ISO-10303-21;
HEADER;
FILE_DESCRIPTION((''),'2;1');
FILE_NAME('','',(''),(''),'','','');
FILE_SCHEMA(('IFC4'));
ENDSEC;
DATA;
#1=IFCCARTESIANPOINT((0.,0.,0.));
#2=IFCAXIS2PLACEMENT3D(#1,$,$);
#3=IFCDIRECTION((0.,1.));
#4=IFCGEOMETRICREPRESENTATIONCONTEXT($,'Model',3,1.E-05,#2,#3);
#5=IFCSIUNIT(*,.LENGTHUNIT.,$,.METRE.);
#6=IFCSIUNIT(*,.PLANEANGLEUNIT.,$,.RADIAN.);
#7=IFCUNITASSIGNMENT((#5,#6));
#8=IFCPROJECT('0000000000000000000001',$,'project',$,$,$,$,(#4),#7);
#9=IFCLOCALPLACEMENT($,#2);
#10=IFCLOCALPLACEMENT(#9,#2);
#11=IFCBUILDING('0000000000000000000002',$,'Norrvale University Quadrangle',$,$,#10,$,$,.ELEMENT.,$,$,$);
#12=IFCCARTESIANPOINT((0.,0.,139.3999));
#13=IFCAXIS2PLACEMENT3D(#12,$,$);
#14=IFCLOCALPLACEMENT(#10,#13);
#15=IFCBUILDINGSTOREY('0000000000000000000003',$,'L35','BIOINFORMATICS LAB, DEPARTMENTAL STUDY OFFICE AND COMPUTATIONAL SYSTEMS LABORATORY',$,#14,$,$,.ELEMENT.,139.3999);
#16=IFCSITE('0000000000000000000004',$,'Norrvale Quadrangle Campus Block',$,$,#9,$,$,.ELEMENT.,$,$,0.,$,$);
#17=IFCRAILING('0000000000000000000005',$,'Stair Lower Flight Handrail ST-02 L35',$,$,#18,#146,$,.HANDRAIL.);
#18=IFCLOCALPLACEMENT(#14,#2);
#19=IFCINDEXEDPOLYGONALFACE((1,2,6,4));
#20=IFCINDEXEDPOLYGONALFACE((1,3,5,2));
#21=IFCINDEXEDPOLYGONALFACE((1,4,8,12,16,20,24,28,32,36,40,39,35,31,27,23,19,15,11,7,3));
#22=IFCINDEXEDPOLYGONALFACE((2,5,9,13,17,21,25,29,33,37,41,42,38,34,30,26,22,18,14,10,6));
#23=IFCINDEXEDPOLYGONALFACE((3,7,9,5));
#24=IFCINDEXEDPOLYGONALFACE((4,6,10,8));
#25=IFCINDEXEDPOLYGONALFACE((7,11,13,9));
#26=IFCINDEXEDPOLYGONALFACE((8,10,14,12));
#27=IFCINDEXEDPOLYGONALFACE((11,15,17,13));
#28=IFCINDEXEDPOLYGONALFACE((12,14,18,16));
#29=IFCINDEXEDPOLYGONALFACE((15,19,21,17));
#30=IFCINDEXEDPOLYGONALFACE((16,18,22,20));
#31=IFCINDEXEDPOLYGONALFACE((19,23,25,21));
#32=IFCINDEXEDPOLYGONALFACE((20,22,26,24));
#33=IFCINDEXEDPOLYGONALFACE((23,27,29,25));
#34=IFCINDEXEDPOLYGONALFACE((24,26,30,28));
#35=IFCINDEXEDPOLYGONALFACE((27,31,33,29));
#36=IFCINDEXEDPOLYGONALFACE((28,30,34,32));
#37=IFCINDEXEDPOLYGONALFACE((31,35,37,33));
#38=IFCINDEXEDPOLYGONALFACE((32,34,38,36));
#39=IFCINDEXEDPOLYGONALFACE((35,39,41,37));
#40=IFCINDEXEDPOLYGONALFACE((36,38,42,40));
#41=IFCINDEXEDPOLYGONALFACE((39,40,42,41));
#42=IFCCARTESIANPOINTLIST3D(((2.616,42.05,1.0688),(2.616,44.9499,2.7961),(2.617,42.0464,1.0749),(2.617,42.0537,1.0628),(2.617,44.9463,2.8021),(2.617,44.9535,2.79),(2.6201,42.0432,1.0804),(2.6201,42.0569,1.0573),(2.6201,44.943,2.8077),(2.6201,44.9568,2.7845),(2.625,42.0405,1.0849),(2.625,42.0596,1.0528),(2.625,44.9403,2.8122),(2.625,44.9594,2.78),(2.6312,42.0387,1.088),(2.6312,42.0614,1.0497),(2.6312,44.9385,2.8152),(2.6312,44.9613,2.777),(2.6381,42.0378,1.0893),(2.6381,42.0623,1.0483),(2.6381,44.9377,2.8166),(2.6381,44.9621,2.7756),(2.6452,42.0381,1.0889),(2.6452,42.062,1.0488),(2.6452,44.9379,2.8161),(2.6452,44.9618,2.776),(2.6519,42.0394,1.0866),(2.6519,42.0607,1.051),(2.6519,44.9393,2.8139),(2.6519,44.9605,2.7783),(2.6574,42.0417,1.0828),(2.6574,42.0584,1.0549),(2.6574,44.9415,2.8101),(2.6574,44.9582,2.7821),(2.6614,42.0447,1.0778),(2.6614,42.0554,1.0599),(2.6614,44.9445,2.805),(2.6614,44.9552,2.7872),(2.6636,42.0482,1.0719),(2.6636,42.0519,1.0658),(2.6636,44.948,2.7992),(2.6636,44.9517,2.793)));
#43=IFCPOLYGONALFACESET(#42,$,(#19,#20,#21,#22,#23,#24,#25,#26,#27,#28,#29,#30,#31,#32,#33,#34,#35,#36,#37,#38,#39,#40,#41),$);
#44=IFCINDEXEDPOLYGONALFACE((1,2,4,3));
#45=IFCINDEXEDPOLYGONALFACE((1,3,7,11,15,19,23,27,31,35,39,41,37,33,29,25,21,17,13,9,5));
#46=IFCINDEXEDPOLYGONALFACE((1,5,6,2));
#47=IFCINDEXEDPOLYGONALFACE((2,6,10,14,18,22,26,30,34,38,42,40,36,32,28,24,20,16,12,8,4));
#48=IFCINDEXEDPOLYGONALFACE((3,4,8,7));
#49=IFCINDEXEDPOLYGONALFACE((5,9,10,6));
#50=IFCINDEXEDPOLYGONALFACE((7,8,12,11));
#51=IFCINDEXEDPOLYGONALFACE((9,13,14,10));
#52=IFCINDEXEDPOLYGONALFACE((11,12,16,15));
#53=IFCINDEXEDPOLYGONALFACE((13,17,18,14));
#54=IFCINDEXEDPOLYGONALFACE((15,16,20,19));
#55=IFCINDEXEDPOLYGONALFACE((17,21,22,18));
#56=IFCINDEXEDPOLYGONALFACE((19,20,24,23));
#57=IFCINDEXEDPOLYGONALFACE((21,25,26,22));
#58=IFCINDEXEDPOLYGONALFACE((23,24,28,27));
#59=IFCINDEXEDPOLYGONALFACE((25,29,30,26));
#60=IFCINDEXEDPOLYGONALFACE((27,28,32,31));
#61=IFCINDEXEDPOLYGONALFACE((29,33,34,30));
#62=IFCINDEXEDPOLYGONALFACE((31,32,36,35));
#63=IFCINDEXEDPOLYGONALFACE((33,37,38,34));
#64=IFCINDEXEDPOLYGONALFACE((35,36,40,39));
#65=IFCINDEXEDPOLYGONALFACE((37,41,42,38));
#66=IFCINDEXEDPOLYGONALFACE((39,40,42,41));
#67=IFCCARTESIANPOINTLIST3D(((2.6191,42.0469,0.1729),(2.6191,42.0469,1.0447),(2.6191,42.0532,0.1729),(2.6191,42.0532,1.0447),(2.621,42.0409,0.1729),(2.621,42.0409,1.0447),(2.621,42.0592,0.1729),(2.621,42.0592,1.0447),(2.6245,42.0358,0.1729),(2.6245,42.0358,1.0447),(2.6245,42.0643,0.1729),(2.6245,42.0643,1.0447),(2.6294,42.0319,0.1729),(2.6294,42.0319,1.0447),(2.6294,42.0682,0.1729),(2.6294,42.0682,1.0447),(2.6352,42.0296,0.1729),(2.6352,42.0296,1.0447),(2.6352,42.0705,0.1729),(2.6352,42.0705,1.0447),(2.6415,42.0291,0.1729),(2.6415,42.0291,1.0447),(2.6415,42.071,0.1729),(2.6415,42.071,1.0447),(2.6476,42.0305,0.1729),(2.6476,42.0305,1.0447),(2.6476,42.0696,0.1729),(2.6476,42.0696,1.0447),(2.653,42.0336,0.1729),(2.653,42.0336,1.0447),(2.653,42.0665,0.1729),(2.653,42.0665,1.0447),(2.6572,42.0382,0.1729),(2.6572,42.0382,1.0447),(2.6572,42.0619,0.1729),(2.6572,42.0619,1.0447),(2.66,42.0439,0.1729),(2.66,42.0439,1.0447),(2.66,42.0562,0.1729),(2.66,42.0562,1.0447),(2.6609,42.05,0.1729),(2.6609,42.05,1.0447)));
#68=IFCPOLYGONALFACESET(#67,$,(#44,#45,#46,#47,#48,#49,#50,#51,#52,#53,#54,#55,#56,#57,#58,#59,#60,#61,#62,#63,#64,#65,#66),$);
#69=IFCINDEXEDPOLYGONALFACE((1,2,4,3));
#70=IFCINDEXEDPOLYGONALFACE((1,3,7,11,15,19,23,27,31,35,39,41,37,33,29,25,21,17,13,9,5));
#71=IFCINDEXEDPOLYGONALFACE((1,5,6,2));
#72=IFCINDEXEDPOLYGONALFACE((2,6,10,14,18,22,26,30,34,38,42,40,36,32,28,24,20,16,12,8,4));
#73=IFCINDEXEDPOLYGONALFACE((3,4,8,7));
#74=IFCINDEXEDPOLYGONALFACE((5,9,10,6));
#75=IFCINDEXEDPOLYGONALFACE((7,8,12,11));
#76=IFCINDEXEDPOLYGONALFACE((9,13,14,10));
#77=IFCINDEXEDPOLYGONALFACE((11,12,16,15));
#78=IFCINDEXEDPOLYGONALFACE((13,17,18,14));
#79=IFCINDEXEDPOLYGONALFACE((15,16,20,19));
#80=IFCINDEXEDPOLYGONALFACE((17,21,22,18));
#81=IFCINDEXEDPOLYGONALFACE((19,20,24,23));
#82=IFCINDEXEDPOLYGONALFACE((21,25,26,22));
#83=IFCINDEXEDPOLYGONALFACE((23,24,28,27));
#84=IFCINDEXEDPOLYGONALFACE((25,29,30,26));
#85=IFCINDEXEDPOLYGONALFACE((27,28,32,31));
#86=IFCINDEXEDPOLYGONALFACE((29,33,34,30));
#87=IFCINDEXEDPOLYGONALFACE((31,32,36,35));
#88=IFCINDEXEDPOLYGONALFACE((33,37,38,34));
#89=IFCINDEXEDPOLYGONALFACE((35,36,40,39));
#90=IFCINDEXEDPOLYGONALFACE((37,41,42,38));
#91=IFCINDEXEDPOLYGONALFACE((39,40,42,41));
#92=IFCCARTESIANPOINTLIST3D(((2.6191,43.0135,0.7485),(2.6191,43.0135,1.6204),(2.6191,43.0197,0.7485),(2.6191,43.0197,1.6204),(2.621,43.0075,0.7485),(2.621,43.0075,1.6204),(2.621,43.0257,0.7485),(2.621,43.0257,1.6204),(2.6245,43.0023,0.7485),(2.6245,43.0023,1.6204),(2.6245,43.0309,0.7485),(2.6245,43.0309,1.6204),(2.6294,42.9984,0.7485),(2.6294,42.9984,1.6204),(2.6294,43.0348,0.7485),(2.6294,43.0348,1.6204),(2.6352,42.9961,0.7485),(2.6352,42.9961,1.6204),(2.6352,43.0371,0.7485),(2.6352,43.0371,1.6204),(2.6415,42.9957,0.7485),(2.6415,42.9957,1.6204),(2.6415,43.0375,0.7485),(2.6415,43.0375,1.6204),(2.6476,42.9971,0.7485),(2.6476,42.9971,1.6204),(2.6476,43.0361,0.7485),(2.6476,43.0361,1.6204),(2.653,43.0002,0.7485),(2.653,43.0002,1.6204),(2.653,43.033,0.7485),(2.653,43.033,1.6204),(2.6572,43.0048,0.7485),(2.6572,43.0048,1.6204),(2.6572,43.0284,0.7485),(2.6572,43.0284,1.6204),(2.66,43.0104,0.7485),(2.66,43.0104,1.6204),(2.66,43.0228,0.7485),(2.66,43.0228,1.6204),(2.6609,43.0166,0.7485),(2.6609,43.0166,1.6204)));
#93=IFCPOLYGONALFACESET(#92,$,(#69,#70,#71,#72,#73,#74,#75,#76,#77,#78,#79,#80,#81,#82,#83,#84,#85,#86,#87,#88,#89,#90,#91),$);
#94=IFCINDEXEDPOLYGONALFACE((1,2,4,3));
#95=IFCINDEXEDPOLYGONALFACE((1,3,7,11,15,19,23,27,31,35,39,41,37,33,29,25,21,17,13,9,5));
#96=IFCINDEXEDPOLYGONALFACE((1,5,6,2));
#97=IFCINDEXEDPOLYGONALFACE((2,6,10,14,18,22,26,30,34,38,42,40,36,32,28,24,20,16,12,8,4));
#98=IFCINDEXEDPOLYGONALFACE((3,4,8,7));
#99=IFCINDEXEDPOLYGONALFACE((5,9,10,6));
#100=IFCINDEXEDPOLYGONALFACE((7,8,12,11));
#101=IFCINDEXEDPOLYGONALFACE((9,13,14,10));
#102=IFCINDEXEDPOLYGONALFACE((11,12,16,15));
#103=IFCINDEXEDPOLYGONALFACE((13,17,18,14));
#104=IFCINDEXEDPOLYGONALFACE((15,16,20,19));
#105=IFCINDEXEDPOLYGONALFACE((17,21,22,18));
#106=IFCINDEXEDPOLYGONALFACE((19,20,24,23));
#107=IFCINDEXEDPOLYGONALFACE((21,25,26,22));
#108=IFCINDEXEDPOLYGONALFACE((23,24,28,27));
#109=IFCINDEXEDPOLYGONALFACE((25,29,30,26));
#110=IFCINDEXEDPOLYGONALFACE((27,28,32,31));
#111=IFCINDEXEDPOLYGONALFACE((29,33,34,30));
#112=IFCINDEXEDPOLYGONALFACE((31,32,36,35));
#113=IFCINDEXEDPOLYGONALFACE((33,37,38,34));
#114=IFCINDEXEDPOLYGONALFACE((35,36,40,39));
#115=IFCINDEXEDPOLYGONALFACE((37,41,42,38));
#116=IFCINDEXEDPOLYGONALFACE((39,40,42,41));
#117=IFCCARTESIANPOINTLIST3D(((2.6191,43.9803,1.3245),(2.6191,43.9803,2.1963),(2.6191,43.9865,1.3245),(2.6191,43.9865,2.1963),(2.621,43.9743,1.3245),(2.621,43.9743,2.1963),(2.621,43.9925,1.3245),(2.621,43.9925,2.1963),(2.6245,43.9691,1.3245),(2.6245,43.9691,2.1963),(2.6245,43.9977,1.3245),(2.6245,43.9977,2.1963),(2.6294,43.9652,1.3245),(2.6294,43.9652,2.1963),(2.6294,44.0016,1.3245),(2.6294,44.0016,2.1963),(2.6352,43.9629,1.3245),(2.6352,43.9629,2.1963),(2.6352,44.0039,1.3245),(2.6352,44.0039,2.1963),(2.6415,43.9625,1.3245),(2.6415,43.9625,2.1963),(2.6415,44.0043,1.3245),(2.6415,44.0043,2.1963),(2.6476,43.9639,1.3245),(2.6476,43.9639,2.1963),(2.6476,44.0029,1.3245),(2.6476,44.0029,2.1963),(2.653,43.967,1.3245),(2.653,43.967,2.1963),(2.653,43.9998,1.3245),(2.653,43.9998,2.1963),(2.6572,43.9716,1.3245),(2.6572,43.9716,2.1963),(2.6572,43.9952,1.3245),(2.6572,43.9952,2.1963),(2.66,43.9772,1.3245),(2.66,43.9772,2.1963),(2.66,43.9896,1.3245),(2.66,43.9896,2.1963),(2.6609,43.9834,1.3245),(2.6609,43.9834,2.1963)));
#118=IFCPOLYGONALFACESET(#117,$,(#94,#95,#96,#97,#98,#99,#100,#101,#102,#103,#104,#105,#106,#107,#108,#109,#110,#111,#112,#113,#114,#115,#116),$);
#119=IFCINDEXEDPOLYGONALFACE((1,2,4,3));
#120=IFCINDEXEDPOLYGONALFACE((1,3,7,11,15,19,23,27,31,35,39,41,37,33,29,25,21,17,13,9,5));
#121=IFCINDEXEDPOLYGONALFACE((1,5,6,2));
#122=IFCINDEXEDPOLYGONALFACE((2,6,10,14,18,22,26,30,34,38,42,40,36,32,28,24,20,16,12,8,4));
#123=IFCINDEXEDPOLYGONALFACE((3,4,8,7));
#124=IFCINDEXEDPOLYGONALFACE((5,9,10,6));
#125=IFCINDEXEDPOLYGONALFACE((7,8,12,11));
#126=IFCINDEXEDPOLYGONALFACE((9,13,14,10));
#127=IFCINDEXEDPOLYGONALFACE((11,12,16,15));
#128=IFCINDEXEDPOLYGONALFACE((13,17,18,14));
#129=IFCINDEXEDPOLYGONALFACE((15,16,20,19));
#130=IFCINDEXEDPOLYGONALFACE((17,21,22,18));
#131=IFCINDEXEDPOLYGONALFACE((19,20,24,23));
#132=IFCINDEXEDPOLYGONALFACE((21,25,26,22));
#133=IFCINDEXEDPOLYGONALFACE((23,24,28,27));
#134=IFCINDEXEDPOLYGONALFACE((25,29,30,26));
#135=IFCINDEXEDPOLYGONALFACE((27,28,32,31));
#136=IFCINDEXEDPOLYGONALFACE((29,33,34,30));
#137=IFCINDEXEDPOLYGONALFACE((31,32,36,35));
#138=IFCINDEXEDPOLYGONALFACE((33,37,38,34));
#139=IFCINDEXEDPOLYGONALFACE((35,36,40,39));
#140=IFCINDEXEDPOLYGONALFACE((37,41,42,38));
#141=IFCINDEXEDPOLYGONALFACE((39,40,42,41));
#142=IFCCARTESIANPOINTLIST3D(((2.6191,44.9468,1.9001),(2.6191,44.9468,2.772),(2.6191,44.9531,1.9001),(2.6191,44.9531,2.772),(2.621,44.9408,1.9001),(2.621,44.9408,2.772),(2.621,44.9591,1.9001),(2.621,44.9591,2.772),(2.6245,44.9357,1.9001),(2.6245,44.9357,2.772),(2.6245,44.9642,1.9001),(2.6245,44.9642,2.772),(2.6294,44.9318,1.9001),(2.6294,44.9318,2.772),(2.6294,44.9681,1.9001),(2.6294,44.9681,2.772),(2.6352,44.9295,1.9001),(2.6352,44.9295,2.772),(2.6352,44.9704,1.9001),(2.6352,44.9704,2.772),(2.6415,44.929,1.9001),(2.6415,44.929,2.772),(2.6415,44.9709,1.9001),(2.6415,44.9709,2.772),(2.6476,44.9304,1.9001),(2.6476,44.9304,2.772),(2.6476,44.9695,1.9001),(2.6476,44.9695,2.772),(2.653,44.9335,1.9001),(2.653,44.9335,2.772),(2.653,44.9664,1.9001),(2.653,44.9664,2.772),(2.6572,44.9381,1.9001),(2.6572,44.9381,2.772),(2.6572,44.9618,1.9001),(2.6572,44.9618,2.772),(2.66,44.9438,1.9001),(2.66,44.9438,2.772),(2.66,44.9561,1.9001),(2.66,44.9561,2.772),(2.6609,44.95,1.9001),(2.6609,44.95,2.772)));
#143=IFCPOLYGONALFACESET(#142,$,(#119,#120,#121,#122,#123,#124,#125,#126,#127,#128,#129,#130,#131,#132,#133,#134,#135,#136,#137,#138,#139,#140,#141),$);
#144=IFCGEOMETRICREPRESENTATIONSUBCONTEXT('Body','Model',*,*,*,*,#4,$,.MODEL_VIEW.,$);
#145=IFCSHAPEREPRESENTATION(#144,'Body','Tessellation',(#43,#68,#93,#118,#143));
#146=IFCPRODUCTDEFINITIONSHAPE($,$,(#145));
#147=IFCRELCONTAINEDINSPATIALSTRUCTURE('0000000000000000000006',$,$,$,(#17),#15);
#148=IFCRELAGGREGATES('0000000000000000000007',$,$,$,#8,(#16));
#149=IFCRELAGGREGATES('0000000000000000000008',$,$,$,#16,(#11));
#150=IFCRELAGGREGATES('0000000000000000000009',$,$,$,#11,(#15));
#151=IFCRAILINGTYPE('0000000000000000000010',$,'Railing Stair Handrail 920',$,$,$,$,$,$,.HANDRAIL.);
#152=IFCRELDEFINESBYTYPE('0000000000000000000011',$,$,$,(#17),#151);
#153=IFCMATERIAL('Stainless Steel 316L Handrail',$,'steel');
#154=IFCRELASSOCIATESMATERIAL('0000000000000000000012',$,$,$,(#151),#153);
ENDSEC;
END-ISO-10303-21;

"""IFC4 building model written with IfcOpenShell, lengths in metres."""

from ifc_helpers import new_model, si_unit, direction, frame, origin, origin_2d, place, context, subcontext, project, spatial, circle, extrude, material, type_object, element, save


model = new_model("IFC4")

# Units and contexts
model_context = context("Model", 3, precision=1e-05, world=origin(), true_north=direction((0.0, 1.0)))
body_context = subcontext(model_context, "Body", "Model", "MODEL_VIEW")
ifc_project = project(units=[si_unit("LENGTHUNIT", "METRE"), si_unit("PLANEANGLEUNIT", "RADIAN")], contexts=[model_context])

# Site, building, storey
site_placement = place(None, origin())
site = spatial("IfcSite", under=ifc_project, at=site_placement, Name="Norrvale Quadrangle Campus Block", CompositionType="ELEMENT", RefElevation=0.0)
building_placement = place(site_placement, origin())
building = spatial("IfcBuilding", under=site, at=building_placement, Name="Norrvale University Quadrangle", CompositionType="ELEMENT")
storey_placement = place(building_placement, frame((0.0, 0.0, 139.3999)))
storey = spatial("IfcBuildingStorey", under=building, at=storey_placement, Name="L35", Description="BIOINFORMATICS LAB, DEPARTMENTAL STUDY OFFICE AND COMPUTATIONAL SYSTEMS LABORATORY", CompositionType="ELEMENT", Elevation=139.3999)

# Railing
ifc_material_1 = material(Name="Stainless Steel 316L Handrail", Category="steel")
railing_type_1 = type_object("IfcRailingType", Name="Railing Stair Handrail 920", PredefinedType="HANDRAIL", material=ifc_material_1)
railing_1_placement = place(storey_placement, frame((2.6399, 42.05, 0.1729)))
element("IfcRailing", 1, at=railing_1_placement, inside=storey, type_object=railing_type_1, Name="Stair Lower Flight Handrail ST-02 L35", PredefinedType="HANDRAIL", context=body_context, shape_type="SweptSolid", body=[
    extrude(circle(Radius=0.0239, at=origin_2d()), frame((0.0, 0.0, 0.896), z_axis=(0.0, 0.859141, 0.511738), x_axis=(-1.0, 0.0, 0.0)), (0.0, 0.0, 1.0), 3.3752),
    extrude(circle(Radius=0.021, at=origin_2d()), origin(), (0.0, 0.0, 1.0), 0.8718),
    extrude(circle(Radius=0.021, at=origin_2d()), frame((0.0, 0.9666, 0.5757)), (0.0, 0.0, 1.0), 0.8718),
    extrude(circle(Radius=0.021, at=origin_2d()), frame((0.0, 1.9333, 1.1516)), (0.0, 0.0, 1.0), 0.8718),
    extrude(circle(Radius=0.021, at=origin_2d()), frame((0.0, 2.8999, 1.7273)), (0.0, 0.0, 1.0), 0.8718),
])

save(model, "model.ifc")
